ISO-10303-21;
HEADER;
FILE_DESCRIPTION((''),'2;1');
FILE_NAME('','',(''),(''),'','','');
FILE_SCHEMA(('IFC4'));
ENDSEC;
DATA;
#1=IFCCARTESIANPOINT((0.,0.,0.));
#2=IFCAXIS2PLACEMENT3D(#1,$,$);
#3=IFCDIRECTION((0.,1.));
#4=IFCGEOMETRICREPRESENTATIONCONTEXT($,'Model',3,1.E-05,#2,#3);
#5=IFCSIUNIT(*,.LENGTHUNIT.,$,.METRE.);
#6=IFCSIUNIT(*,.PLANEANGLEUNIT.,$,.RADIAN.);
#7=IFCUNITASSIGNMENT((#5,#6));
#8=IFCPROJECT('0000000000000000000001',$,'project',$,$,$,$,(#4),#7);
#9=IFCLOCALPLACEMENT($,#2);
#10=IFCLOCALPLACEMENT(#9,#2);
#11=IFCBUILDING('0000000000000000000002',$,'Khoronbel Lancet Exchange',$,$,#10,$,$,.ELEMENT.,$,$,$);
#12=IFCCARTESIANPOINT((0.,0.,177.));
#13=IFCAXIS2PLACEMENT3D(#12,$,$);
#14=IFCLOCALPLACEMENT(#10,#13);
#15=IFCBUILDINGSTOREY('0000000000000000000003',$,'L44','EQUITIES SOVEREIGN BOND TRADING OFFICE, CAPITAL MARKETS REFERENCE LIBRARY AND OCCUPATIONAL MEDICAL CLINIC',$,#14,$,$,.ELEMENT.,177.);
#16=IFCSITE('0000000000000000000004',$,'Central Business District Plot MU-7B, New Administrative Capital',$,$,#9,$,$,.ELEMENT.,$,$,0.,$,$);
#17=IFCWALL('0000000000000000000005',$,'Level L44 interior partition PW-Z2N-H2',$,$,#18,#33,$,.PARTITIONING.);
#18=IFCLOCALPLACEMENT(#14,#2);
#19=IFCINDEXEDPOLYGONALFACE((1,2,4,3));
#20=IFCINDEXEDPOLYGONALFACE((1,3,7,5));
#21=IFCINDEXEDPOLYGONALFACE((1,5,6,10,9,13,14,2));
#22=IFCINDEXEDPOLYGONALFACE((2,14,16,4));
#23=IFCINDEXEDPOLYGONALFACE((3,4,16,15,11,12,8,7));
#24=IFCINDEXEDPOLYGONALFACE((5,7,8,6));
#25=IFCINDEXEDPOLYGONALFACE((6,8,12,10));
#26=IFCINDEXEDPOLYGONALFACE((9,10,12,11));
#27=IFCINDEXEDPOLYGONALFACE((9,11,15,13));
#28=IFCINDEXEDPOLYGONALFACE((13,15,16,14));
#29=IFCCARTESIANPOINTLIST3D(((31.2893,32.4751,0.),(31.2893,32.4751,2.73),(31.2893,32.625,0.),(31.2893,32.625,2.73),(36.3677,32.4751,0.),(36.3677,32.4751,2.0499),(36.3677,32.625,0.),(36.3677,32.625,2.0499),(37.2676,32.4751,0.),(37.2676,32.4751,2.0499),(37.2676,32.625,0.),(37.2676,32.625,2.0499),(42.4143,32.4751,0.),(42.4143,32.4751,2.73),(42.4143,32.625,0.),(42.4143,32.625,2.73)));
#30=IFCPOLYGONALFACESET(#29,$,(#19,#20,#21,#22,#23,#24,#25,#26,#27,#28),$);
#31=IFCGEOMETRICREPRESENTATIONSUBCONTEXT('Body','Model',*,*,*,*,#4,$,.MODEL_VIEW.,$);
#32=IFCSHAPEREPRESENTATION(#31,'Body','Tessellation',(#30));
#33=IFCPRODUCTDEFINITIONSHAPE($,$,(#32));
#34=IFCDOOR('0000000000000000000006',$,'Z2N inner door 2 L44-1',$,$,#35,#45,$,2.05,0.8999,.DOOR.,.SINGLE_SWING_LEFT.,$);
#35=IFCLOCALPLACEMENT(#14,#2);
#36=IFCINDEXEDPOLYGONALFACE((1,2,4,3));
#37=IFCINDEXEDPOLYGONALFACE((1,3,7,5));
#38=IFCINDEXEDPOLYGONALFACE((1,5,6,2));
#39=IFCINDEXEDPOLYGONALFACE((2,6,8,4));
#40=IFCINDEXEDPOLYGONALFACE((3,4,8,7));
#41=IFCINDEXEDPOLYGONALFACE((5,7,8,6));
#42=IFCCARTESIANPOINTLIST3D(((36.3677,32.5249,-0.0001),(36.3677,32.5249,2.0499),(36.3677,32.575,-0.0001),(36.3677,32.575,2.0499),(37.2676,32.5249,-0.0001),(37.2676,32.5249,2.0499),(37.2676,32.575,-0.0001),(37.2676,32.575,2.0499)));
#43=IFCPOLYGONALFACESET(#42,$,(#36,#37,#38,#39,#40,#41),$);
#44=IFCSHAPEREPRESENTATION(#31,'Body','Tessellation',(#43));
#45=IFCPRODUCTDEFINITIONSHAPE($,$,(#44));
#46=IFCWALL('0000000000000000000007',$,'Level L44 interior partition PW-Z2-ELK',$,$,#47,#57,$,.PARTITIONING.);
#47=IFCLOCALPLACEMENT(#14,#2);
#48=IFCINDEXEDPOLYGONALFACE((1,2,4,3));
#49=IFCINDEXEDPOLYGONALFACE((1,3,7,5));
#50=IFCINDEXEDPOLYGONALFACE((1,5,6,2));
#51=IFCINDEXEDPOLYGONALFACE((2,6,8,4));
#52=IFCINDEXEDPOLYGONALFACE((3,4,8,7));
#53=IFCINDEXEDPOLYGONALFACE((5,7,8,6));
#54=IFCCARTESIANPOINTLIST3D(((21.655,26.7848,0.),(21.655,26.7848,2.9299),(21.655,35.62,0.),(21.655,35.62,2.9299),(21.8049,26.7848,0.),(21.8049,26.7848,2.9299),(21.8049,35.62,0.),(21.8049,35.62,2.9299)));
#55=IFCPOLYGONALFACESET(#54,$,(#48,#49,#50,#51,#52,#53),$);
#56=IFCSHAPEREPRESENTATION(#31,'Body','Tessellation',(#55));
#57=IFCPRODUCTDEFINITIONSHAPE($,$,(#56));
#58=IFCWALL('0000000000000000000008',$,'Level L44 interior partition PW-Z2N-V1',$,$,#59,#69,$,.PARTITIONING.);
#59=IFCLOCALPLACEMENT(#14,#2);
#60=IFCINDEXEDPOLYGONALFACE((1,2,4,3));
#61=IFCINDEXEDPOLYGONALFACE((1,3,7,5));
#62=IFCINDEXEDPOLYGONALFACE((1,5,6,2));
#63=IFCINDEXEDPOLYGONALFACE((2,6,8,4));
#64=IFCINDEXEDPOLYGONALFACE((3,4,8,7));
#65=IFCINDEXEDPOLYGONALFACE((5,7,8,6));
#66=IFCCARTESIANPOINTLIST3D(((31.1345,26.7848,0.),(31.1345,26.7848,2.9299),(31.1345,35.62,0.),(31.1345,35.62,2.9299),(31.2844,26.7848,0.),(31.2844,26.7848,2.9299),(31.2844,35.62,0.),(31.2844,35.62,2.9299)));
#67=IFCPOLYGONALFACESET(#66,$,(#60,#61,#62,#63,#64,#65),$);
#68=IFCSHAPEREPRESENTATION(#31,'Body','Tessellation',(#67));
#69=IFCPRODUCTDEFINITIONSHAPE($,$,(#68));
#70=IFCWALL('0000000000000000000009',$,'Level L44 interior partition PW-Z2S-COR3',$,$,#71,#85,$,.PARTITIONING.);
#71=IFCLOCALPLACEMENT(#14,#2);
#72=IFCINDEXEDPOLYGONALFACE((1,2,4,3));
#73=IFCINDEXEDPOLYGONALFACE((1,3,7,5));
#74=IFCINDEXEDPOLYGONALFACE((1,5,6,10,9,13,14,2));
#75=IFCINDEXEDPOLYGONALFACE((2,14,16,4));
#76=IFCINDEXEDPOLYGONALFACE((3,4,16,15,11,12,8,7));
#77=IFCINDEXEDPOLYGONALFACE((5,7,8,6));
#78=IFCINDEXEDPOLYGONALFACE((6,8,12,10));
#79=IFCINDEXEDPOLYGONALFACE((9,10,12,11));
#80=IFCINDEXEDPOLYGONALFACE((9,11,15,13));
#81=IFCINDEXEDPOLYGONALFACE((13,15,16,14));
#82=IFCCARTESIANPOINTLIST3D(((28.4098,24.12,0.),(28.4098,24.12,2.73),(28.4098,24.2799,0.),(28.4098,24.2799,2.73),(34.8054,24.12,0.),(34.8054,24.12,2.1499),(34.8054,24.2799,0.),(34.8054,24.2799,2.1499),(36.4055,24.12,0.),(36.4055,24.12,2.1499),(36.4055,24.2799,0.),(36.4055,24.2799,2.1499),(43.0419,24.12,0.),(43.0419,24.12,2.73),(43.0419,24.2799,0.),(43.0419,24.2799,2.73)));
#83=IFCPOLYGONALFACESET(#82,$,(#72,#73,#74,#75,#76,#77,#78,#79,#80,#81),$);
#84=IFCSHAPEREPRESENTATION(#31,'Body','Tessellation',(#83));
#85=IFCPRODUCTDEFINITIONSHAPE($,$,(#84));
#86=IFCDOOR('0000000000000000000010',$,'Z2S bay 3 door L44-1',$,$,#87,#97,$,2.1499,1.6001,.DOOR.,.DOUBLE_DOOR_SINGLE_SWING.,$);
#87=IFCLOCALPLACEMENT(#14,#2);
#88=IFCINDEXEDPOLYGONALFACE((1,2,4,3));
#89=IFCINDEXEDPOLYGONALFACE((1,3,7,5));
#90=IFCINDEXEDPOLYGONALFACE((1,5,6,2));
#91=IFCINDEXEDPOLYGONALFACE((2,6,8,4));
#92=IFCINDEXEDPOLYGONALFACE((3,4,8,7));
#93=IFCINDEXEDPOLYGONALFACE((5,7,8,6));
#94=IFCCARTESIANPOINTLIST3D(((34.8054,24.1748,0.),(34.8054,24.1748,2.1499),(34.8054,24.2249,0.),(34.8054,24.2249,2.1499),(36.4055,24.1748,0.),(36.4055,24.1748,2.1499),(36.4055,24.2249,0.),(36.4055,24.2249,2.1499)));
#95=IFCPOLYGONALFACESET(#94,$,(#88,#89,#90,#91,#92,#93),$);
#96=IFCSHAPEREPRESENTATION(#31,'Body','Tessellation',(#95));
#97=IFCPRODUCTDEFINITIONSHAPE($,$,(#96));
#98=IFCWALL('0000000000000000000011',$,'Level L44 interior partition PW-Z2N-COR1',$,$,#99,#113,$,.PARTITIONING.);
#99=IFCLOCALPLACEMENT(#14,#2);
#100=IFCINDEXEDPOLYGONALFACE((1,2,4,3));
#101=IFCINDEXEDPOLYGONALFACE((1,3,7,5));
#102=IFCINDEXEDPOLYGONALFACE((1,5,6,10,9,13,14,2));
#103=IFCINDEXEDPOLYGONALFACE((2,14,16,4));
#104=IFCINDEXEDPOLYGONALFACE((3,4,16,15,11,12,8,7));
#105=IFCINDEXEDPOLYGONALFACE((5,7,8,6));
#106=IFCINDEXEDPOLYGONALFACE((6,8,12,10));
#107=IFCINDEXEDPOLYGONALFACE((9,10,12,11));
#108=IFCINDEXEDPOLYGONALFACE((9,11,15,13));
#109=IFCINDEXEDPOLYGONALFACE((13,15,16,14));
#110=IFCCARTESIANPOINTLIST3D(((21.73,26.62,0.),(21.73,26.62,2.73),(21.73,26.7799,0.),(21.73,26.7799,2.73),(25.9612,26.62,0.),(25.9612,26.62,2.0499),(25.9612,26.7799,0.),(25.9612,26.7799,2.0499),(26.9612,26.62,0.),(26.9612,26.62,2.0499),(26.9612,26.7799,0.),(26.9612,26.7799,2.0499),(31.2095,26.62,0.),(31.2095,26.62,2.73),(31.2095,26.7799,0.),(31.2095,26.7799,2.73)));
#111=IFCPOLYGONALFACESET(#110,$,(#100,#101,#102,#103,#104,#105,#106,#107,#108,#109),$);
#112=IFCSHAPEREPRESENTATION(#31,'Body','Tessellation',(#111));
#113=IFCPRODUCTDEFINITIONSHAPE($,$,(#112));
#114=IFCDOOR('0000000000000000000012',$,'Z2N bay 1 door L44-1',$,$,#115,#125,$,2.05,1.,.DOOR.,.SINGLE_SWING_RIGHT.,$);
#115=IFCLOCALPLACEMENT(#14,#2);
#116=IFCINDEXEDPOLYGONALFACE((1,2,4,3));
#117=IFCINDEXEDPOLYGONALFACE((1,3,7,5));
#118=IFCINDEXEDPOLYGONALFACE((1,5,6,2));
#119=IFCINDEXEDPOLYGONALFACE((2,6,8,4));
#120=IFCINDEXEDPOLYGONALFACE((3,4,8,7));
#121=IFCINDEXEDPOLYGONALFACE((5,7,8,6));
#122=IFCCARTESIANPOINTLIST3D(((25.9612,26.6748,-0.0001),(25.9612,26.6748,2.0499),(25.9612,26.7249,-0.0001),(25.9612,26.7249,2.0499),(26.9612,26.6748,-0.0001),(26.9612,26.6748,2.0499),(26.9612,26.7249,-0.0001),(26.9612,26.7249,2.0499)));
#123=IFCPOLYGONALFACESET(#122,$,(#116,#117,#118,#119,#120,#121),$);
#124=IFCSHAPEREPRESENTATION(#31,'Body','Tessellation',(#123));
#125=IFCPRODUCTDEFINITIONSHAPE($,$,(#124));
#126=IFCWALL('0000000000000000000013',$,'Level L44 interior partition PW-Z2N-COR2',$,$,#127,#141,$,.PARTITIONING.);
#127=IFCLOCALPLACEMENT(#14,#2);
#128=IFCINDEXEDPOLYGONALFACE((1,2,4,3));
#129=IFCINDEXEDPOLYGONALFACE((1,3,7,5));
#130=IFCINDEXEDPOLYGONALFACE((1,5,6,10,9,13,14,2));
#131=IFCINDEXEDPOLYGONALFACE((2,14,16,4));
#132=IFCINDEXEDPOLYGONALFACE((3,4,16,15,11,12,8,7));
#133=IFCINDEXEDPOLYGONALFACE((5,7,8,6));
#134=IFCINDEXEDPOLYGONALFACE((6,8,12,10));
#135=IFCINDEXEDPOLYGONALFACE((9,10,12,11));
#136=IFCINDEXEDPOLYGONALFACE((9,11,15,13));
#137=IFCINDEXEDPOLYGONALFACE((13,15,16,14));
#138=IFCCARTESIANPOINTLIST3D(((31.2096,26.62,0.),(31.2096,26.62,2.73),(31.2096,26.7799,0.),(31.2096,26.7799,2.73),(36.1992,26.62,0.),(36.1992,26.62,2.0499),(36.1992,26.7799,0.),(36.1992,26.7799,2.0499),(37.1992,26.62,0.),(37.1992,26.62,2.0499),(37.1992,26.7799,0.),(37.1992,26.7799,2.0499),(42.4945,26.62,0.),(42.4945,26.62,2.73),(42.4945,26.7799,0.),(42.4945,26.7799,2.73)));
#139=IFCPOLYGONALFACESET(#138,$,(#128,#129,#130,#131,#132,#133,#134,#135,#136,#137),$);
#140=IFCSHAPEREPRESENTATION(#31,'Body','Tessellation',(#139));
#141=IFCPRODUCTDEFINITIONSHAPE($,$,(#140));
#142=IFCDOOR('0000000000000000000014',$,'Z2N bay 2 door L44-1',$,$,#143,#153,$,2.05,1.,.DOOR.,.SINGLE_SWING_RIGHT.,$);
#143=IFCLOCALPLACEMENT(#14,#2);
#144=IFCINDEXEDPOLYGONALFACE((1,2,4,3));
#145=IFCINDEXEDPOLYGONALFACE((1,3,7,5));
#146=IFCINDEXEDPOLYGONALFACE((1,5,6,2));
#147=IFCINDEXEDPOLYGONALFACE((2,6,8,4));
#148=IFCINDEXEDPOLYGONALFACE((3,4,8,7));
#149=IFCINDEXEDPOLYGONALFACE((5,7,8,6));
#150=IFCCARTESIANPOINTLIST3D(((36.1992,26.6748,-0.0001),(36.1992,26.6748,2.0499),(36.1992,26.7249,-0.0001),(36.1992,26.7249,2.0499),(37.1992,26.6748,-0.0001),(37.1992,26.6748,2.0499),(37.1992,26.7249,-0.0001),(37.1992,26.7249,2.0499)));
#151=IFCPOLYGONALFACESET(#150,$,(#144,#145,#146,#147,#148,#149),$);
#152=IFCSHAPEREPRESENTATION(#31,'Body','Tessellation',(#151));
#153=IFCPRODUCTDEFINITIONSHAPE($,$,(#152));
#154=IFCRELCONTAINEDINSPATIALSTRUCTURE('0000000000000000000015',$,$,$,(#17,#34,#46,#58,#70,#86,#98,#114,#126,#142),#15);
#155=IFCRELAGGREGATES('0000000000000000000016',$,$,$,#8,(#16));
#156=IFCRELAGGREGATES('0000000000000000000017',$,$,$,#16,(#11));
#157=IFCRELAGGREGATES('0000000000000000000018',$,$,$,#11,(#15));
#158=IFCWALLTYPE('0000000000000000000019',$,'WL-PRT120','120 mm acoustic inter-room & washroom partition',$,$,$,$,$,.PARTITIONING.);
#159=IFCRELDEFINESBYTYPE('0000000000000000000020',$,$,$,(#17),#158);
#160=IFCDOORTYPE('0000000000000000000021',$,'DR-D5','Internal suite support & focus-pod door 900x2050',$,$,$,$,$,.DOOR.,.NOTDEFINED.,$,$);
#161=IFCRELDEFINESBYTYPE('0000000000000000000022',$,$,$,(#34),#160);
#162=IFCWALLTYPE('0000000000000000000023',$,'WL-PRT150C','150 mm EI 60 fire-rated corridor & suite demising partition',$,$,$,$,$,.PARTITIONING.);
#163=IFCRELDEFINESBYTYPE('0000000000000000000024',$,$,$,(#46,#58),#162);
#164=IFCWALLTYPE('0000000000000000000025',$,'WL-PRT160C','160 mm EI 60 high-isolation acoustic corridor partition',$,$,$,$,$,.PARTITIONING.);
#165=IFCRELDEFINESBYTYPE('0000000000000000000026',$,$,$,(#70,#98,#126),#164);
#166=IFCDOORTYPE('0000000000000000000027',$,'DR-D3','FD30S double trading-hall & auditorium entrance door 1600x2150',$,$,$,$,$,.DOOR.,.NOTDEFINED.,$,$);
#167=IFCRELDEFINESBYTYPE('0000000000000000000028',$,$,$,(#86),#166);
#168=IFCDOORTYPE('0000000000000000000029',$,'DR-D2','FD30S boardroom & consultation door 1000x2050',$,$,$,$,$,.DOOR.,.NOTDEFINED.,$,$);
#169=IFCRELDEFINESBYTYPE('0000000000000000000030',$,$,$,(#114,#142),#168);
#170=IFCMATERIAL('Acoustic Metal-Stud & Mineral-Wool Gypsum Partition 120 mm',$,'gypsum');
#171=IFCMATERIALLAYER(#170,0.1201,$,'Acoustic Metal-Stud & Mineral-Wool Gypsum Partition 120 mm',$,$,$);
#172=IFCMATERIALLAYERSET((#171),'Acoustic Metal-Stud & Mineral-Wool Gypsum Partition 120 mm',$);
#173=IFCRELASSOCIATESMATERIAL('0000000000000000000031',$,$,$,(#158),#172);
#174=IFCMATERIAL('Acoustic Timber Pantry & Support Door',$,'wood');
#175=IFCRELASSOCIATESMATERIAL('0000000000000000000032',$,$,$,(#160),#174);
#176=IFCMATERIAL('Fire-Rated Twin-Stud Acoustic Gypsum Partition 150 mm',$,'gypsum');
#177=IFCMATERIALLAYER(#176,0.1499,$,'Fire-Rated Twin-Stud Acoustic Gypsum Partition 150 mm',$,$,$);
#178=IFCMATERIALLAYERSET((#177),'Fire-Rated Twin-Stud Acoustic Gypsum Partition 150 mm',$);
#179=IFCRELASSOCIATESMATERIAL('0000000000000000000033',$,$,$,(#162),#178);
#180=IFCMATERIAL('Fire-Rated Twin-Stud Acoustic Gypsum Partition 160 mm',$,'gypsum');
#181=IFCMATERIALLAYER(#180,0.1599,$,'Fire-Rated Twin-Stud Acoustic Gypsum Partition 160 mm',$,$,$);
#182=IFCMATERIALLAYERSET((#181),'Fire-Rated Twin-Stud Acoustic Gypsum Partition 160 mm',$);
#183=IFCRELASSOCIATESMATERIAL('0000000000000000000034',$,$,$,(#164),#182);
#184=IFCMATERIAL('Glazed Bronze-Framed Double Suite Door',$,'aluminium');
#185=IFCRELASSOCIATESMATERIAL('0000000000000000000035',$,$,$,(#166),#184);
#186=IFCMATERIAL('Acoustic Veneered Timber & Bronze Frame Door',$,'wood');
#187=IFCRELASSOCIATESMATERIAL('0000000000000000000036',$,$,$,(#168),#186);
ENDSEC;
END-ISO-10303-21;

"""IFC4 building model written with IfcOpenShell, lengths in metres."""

from ifc_helpers import new_model, si_unit, direction, frame, frame_2d, origin, place, context, subcontext, project, spatial, rectangle, extrude, material, layer, layer_set, type_object, element, fill, save


model = new_model("IFC4")

# Units and contexts
model_context = context("Model", 3, precision=1e-05, world=origin(), true_north=direction((0.0, 1.0)))
body_context = subcontext(model_context, "Body", "Model", "MODEL_VIEW")
ifc_project = project(units=[si_unit("LENGTHUNIT", "METRE"), si_unit("PLANEANGLEUNIT", "RADIAN")], contexts=[model_context])

# Site, building, storey
site_placement = place(None, origin())
site = spatial("IfcSite", under=ifc_project, at=site_placement, Name="Central Business District Plot MU-7B, New Administrative Capital", CompositionType="ELEMENT", RefElevation=0.0)
building_placement = place(site_placement, origin())
building = spatial("IfcBuilding", under=site, at=building_placement, Name="Khoronbel Lancet Exchange", CompositionType="ELEMENT")
storey_placement = place(building_placement, frame((0.0, 0.0, 177.0)))
storey = spatial("IfcBuildingStorey", under=building, at=storey_placement, Name="L44", Description="EQUITIES SOVEREIGN BOND TRADING OFFICE, CAPITAL MARKETS REFERENCE LIBRARY AND OCCUPATIONAL MEDICAL CLINIC", CompositionType="ELEMENT", Elevation=177.0)

# Wall, opening, door
ifc_material_1 = material(Name="Acoustic Metal-Stud & Mineral-Wool Gypsum Partition 120 mm", Category="gypsum")
ifc_layer_1 = layer(ifc_material_1, 0.1201, Name="Acoustic Metal-Stud & Mineral-Wool Gypsum Partition 120 mm")
ifc_layer_set_1 = layer_set([ifc_layer_1], Name="Acoustic Metal-Stud & Mineral-Wool Gypsum Partition 120 mm")
wall_type_1 = type_object("IfcWallType", Name="WL-PRT120", Description="120 mm acoustic inter-room & washroom partition", PredefinedType="PARTITIONING", material=ifc_layer_set_1)
ifc_material_2 = material(Name="Acoustic Timber Pantry & Support Door", Category="wood")
door_type_1 = type_object("IfcDoorType", Name="DR-D5", Description="Internal suite support & focus-pod door 900x2050", OperationType="NOTDEFINED", PredefinedType="DOOR", material=ifc_material_2)
wall_1_placement = place(storey_placement, frame((31.2893, 32.55, 0.0), z_axis=(0.0, 0.0, 1.0), x_axis=(1.0, 0.0, 0.0)))
wall_1 = element("IfcWall", 1, at=wall_1_placement, inside=storey, type_object=wall_type_1, Name="Level L44 interior partition PW-Z2N-H2", PredefinedType="PARTITIONING", context=body_context, shape_type="SweptSolid", body=[
    extrude(rectangle(XDim=11.125, YDim=0.1499, at=frame_2d((5.5625, 0.0))), origin(), (0.0, 0.0, 1.0), 2.73),
])
opening_1_placement = place(wall_1_placement, frame((5.0784, 0.0, 0.0)))
opening_1 = element("IfcOpeningElement", 2, at=opening_1_placement, cuts=wall_1, PredefinedType="OPENING", context=body_context, shape_type="SweptSolid", body=[
    extrude(rectangle(XDim=0.8999, YDim=2.05, at=frame_2d((0.45, 1.0249))), frame((0.0, 0.085, 0.0), z_axis=(0.0, -1.0, 0.0), x_axis=(1.0, 0.0, 0.0)), (0.0, 0.0, 1.0), 0.1699),
])
door_1_placement = place(opening_1_placement, origin())
door_1 = element("IfcDoor", 3, at=door_1_placement, inside=storey, type_object=door_type_1, Name="Z2N inner door 2 L44-1", OperationType="SINGLE_SWING_LEFT", OverallHeight=2.05, OverallWidth=0.8999, PredefinedType="DOOR", context=body_context, shape_type="SweptSolid", body=[
    extrude(rectangle(XDim=0.8999, YDim=2.05, at=frame_2d((0.45, 1.0249))), frame((0.0, 0.0249, 0.0), z_axis=(0.0, -1.0, 0.0), x_axis=(1.0, 0.0, 0.0)), (0.0, 0.0, 1.0), 0.05),
])
fill(opening_1, door_1)

# Walls
ifc_material_3 = material(Name="Fire-Rated Twin-Stud Acoustic Gypsum Partition 150 mm", Category="gypsum")
ifc_layer_2 = layer(ifc_material_3, 0.1499, Name="Fire-Rated Twin-Stud Acoustic Gypsum Partition 150 mm")
ifc_layer_set_2 = layer_set([ifc_layer_2], Name="Fire-Rated Twin-Stud Acoustic Gypsum Partition 150 mm")
wall_type_2 = type_object("IfcWallType", Name="WL-PRT150C", Description="150 mm EI 60 fire-rated corridor & suite demising partition", PredefinedType="PARTITIONING", material=ifc_layer_set_2)
for number, where, z_axis, x_axis, name in (
    (4, (21.73, 26.7849, 0.0), (0.0, 0.0, 1.0), (0.0, 1.0, 0.0), "Level L44 interior partition PW-Z2-ELK"),
    (5, (31.2095, 26.7849, 0.0), (0.0, 0.0, 1.0), (0.0, 1.0, 0.0), "Level L44 interior partition PW-Z2N-V1"),
):
    element("IfcWall", number, at=place(storey_placement, frame(where, z_axis=z_axis, x_axis=x_axis)), inside=storey, type_object=wall_type_2, Name=name, PredefinedType="PARTITIONING", context=body_context, shape_type="SweptSolid", body=[
        extrude(rectangle(XDim=8.8352, YDim=0.1499, at=frame_2d((4.4175, 0.0))), origin(), (0.0, 0.0, 1.0), 2.9299),
    ])

# Walls, openings, doors
ifc_material_4 = material(Name="Fire-Rated Twin-Stud Acoustic Gypsum Partition 160 mm", Category="gypsum")
ifc_layer_3 = layer(ifc_material_4, 0.1599, Name="Fire-Rated Twin-Stud Acoustic Gypsum Partition 160 mm")
ifc_layer_set_3 = layer_set([ifc_layer_3], Name="Fire-Rated Twin-Stud Acoustic Gypsum Partition 160 mm")
wall_type_3 = type_object("IfcWallType", Name="WL-PRT160C", Description="160 mm EI 60 high-isolation acoustic corridor partition", PredefinedType="PARTITIONING", material=ifc_layer_set_3)
wall_2_placement = place(storey_placement, frame((28.4099, 24.2, 0.0), z_axis=(0.0, 0.0, 1.0), x_axis=(1.0, 0.0, 0.0)))
wall_2 = element("IfcWall", 6, at=wall_2_placement, inside=storey, type_object=wall_type_3, Name="Level L44 interior partition PW-Z2S-COR3", PredefinedType="PARTITIONING", context=body_context, shape_type="SweptSolid", body=[
    extrude(rectangle(XDim=14.6321, YDim=0.1599, at=frame_2d((7.3159, 0.0))), origin(), (0.0, 0.0, 1.0), 2.73),
])
opening_2_placement = place(wall_2_placement, frame((6.3955, 0.0, 0.0)))
opening_2 = element("IfcOpeningElement", 7, at=opening_2_placement, cuts=wall_2, PredefinedType="OPENING", context=body_context, shape_type="SweptSolid", body=[
    extrude(rectangle(XDim=1.6001, YDim=2.1499, at=frame_2d((0.8, 1.075))), frame((0.0, 0.0898, 0.0), z_axis=(0.0, -1.0, 0.0), x_axis=(1.0, 0.0, 0.0)), (0.0, 0.0, 1.0), 0.1799),
])
ifc_material_5 = material(Name="Glazed Bronze-Framed Double Suite Door", Category="aluminium")
door_type_2 = type_object("IfcDoorType", Name="DR-D3", Description="FD30S double trading-hall & auditorium entrance door 1600x2150", OperationType="NOTDEFINED", PredefinedType="DOOR", material=ifc_material_5)
door_2_placement = place(opening_2_placement, origin())
door_2 = element("IfcDoor", 8, at=door_2_placement, inside=storey, type_object=door_type_2, Name="Z2S bay 3 door L44-1", OperationType="DOUBLE_DOOR_SINGLE_SWING", OverallHeight=2.1499, OverallWidth=1.6001, PredefinedType="DOOR", context=body_context, shape_type="SweptSolid", body=[
    extrude(rectangle(XDim=1.6001, YDim=2.1499, at=frame_2d((0.8, 1.075))), frame((0.0, 0.0249, 0.0), z_axis=(0.0, -1.0, 0.0), x_axis=(1.0, 0.0, 0.0)), (0.0, 0.0, 1.0), 0.05),
])
fill(opening_2, door_2)
wall_3_placement = place(storey_placement, frame((21.73, 26.7, 0.0), z_axis=(0.0, 0.0, 1.0), x_axis=(1.0, 0.0, 0.0)))
wall_3 = element("IfcWall", 9, at=wall_3_placement, inside=storey, type_object=wall_type_3, Name="Level L44 interior partition PW-Z2N-COR1", PredefinedType="PARTITIONING", context=body_context, shape_type="SweptSolid", body=[
    extrude(rectangle(XDim=9.4795, YDim=0.1599, at=frame_2d((4.7397, 0.0))), origin(), (0.0, 0.0, 1.0), 2.73),
])
opening_3_placement = place(wall_3_placement, frame((4.2312, 0.0, 0.0)))
opening_3 = element("IfcOpeningElement", 10, at=opening_3_placement, cuts=wall_3, PredefinedType="OPENING", context=body_context, shape_type="SweptSolid", body=[
    extrude(rectangle(XDim=1.0, YDim=2.05, at=frame_2d((0.5, 1.0249))), frame((0.0, 0.0898, 0.0), z_axis=(0.0, -1.0, 0.0), x_axis=(1.0, 0.0, 0.0)), (0.0, 0.0, 1.0), 0.1799),
])
ifc_material_6 = material(Name="Acoustic Veneered Timber & Bronze Frame Door", Category="wood")
door_type_3 = type_object("IfcDoorType", Name="DR-D2", Description="FD30S boardroom & consultation door 1000x2050", OperationType="NOTDEFINED", PredefinedType="DOOR", material=ifc_material_6)
door_3_placement = place(opening_3_placement, origin())
door_3 = element("IfcDoor", 11, at=door_3_placement, inside=storey, type_object=door_type_3, Name="Z2N bay 1 door L44-1", OperationType="SINGLE_SWING_RIGHT", OverallHeight=2.05, OverallWidth=1.0, PredefinedType="DOOR", context=body_context, shape_type="SweptSolid", body=[
    extrude(rectangle(XDim=1.0, YDim=2.05, at=frame_2d((0.5, 1.0249))), frame((0.0, 0.0249, 0.0), z_axis=(0.0, -1.0, 0.0), x_axis=(1.0, 0.0, 0.0)), (0.0, 0.0, 1.0), 0.05),
])
fill(opening_3, door_3)
wall_4_placement = place(storey_placement, frame((31.2095, 26.7, 0.0), z_axis=(0.0, 0.0, 1.0), x_axis=(1.0, 0.0, 0.0)))
wall_4 = element("IfcWall", 12, at=wall_4_placement, inside=storey, type_object=wall_type_3, Name="Level L44 interior partition PW-Z2N-COR2", PredefinedType="PARTITIONING", context=body_context, shape_type="SweptSolid", body=[
    extrude(rectangle(XDim=11.2849, YDim=0.1599, at=frame_2d((5.6426, 0.0))), origin(), (0.0, 0.0, 1.0), 2.73),
])
opening_4_placement = place(wall_4_placement, frame((4.9897, 0.0, 0.0)))
opening_4 = element("IfcOpeningElement", 13, at=opening_4_placement, cuts=wall_4, PredefinedType="OPENING", context=body_context, shape_type="SweptSolid", body=[
    extrude(rectangle(XDim=1.0, YDim=2.05, at=frame_2d((0.5, 1.0249))), frame((0.0, 0.0898, 0.0), z_axis=(0.0, -1.0, 0.0), x_axis=(1.0, 0.0, 0.0)), (0.0, 0.0, 1.0), 0.1799),
])
door_4_placement = place(opening_4_placement, origin())
door_4 = element("IfcDoor", 14, at=door_4_placement, inside=storey, type_object=door_type_3, Name="Z2N bay 2 door L44-1", OperationType="SINGLE_SWING_RIGHT", OverallHeight=2.05, OverallWidth=1.0, PredefinedType="DOOR", context=body_context, shape_type="SweptSolid", body=[
    extrude(rectangle(XDim=1.0, YDim=2.05, at=frame_2d((0.5, 1.0249))), frame((0.0, 0.0249, 0.0), z_axis=(0.0, -1.0, 0.0), x_axis=(1.0, 0.0, 0.0)), (0.0, 0.0, 1.0), 0.05),
])
fill(opening_4, door_4)

save(model, "model.ifc")
